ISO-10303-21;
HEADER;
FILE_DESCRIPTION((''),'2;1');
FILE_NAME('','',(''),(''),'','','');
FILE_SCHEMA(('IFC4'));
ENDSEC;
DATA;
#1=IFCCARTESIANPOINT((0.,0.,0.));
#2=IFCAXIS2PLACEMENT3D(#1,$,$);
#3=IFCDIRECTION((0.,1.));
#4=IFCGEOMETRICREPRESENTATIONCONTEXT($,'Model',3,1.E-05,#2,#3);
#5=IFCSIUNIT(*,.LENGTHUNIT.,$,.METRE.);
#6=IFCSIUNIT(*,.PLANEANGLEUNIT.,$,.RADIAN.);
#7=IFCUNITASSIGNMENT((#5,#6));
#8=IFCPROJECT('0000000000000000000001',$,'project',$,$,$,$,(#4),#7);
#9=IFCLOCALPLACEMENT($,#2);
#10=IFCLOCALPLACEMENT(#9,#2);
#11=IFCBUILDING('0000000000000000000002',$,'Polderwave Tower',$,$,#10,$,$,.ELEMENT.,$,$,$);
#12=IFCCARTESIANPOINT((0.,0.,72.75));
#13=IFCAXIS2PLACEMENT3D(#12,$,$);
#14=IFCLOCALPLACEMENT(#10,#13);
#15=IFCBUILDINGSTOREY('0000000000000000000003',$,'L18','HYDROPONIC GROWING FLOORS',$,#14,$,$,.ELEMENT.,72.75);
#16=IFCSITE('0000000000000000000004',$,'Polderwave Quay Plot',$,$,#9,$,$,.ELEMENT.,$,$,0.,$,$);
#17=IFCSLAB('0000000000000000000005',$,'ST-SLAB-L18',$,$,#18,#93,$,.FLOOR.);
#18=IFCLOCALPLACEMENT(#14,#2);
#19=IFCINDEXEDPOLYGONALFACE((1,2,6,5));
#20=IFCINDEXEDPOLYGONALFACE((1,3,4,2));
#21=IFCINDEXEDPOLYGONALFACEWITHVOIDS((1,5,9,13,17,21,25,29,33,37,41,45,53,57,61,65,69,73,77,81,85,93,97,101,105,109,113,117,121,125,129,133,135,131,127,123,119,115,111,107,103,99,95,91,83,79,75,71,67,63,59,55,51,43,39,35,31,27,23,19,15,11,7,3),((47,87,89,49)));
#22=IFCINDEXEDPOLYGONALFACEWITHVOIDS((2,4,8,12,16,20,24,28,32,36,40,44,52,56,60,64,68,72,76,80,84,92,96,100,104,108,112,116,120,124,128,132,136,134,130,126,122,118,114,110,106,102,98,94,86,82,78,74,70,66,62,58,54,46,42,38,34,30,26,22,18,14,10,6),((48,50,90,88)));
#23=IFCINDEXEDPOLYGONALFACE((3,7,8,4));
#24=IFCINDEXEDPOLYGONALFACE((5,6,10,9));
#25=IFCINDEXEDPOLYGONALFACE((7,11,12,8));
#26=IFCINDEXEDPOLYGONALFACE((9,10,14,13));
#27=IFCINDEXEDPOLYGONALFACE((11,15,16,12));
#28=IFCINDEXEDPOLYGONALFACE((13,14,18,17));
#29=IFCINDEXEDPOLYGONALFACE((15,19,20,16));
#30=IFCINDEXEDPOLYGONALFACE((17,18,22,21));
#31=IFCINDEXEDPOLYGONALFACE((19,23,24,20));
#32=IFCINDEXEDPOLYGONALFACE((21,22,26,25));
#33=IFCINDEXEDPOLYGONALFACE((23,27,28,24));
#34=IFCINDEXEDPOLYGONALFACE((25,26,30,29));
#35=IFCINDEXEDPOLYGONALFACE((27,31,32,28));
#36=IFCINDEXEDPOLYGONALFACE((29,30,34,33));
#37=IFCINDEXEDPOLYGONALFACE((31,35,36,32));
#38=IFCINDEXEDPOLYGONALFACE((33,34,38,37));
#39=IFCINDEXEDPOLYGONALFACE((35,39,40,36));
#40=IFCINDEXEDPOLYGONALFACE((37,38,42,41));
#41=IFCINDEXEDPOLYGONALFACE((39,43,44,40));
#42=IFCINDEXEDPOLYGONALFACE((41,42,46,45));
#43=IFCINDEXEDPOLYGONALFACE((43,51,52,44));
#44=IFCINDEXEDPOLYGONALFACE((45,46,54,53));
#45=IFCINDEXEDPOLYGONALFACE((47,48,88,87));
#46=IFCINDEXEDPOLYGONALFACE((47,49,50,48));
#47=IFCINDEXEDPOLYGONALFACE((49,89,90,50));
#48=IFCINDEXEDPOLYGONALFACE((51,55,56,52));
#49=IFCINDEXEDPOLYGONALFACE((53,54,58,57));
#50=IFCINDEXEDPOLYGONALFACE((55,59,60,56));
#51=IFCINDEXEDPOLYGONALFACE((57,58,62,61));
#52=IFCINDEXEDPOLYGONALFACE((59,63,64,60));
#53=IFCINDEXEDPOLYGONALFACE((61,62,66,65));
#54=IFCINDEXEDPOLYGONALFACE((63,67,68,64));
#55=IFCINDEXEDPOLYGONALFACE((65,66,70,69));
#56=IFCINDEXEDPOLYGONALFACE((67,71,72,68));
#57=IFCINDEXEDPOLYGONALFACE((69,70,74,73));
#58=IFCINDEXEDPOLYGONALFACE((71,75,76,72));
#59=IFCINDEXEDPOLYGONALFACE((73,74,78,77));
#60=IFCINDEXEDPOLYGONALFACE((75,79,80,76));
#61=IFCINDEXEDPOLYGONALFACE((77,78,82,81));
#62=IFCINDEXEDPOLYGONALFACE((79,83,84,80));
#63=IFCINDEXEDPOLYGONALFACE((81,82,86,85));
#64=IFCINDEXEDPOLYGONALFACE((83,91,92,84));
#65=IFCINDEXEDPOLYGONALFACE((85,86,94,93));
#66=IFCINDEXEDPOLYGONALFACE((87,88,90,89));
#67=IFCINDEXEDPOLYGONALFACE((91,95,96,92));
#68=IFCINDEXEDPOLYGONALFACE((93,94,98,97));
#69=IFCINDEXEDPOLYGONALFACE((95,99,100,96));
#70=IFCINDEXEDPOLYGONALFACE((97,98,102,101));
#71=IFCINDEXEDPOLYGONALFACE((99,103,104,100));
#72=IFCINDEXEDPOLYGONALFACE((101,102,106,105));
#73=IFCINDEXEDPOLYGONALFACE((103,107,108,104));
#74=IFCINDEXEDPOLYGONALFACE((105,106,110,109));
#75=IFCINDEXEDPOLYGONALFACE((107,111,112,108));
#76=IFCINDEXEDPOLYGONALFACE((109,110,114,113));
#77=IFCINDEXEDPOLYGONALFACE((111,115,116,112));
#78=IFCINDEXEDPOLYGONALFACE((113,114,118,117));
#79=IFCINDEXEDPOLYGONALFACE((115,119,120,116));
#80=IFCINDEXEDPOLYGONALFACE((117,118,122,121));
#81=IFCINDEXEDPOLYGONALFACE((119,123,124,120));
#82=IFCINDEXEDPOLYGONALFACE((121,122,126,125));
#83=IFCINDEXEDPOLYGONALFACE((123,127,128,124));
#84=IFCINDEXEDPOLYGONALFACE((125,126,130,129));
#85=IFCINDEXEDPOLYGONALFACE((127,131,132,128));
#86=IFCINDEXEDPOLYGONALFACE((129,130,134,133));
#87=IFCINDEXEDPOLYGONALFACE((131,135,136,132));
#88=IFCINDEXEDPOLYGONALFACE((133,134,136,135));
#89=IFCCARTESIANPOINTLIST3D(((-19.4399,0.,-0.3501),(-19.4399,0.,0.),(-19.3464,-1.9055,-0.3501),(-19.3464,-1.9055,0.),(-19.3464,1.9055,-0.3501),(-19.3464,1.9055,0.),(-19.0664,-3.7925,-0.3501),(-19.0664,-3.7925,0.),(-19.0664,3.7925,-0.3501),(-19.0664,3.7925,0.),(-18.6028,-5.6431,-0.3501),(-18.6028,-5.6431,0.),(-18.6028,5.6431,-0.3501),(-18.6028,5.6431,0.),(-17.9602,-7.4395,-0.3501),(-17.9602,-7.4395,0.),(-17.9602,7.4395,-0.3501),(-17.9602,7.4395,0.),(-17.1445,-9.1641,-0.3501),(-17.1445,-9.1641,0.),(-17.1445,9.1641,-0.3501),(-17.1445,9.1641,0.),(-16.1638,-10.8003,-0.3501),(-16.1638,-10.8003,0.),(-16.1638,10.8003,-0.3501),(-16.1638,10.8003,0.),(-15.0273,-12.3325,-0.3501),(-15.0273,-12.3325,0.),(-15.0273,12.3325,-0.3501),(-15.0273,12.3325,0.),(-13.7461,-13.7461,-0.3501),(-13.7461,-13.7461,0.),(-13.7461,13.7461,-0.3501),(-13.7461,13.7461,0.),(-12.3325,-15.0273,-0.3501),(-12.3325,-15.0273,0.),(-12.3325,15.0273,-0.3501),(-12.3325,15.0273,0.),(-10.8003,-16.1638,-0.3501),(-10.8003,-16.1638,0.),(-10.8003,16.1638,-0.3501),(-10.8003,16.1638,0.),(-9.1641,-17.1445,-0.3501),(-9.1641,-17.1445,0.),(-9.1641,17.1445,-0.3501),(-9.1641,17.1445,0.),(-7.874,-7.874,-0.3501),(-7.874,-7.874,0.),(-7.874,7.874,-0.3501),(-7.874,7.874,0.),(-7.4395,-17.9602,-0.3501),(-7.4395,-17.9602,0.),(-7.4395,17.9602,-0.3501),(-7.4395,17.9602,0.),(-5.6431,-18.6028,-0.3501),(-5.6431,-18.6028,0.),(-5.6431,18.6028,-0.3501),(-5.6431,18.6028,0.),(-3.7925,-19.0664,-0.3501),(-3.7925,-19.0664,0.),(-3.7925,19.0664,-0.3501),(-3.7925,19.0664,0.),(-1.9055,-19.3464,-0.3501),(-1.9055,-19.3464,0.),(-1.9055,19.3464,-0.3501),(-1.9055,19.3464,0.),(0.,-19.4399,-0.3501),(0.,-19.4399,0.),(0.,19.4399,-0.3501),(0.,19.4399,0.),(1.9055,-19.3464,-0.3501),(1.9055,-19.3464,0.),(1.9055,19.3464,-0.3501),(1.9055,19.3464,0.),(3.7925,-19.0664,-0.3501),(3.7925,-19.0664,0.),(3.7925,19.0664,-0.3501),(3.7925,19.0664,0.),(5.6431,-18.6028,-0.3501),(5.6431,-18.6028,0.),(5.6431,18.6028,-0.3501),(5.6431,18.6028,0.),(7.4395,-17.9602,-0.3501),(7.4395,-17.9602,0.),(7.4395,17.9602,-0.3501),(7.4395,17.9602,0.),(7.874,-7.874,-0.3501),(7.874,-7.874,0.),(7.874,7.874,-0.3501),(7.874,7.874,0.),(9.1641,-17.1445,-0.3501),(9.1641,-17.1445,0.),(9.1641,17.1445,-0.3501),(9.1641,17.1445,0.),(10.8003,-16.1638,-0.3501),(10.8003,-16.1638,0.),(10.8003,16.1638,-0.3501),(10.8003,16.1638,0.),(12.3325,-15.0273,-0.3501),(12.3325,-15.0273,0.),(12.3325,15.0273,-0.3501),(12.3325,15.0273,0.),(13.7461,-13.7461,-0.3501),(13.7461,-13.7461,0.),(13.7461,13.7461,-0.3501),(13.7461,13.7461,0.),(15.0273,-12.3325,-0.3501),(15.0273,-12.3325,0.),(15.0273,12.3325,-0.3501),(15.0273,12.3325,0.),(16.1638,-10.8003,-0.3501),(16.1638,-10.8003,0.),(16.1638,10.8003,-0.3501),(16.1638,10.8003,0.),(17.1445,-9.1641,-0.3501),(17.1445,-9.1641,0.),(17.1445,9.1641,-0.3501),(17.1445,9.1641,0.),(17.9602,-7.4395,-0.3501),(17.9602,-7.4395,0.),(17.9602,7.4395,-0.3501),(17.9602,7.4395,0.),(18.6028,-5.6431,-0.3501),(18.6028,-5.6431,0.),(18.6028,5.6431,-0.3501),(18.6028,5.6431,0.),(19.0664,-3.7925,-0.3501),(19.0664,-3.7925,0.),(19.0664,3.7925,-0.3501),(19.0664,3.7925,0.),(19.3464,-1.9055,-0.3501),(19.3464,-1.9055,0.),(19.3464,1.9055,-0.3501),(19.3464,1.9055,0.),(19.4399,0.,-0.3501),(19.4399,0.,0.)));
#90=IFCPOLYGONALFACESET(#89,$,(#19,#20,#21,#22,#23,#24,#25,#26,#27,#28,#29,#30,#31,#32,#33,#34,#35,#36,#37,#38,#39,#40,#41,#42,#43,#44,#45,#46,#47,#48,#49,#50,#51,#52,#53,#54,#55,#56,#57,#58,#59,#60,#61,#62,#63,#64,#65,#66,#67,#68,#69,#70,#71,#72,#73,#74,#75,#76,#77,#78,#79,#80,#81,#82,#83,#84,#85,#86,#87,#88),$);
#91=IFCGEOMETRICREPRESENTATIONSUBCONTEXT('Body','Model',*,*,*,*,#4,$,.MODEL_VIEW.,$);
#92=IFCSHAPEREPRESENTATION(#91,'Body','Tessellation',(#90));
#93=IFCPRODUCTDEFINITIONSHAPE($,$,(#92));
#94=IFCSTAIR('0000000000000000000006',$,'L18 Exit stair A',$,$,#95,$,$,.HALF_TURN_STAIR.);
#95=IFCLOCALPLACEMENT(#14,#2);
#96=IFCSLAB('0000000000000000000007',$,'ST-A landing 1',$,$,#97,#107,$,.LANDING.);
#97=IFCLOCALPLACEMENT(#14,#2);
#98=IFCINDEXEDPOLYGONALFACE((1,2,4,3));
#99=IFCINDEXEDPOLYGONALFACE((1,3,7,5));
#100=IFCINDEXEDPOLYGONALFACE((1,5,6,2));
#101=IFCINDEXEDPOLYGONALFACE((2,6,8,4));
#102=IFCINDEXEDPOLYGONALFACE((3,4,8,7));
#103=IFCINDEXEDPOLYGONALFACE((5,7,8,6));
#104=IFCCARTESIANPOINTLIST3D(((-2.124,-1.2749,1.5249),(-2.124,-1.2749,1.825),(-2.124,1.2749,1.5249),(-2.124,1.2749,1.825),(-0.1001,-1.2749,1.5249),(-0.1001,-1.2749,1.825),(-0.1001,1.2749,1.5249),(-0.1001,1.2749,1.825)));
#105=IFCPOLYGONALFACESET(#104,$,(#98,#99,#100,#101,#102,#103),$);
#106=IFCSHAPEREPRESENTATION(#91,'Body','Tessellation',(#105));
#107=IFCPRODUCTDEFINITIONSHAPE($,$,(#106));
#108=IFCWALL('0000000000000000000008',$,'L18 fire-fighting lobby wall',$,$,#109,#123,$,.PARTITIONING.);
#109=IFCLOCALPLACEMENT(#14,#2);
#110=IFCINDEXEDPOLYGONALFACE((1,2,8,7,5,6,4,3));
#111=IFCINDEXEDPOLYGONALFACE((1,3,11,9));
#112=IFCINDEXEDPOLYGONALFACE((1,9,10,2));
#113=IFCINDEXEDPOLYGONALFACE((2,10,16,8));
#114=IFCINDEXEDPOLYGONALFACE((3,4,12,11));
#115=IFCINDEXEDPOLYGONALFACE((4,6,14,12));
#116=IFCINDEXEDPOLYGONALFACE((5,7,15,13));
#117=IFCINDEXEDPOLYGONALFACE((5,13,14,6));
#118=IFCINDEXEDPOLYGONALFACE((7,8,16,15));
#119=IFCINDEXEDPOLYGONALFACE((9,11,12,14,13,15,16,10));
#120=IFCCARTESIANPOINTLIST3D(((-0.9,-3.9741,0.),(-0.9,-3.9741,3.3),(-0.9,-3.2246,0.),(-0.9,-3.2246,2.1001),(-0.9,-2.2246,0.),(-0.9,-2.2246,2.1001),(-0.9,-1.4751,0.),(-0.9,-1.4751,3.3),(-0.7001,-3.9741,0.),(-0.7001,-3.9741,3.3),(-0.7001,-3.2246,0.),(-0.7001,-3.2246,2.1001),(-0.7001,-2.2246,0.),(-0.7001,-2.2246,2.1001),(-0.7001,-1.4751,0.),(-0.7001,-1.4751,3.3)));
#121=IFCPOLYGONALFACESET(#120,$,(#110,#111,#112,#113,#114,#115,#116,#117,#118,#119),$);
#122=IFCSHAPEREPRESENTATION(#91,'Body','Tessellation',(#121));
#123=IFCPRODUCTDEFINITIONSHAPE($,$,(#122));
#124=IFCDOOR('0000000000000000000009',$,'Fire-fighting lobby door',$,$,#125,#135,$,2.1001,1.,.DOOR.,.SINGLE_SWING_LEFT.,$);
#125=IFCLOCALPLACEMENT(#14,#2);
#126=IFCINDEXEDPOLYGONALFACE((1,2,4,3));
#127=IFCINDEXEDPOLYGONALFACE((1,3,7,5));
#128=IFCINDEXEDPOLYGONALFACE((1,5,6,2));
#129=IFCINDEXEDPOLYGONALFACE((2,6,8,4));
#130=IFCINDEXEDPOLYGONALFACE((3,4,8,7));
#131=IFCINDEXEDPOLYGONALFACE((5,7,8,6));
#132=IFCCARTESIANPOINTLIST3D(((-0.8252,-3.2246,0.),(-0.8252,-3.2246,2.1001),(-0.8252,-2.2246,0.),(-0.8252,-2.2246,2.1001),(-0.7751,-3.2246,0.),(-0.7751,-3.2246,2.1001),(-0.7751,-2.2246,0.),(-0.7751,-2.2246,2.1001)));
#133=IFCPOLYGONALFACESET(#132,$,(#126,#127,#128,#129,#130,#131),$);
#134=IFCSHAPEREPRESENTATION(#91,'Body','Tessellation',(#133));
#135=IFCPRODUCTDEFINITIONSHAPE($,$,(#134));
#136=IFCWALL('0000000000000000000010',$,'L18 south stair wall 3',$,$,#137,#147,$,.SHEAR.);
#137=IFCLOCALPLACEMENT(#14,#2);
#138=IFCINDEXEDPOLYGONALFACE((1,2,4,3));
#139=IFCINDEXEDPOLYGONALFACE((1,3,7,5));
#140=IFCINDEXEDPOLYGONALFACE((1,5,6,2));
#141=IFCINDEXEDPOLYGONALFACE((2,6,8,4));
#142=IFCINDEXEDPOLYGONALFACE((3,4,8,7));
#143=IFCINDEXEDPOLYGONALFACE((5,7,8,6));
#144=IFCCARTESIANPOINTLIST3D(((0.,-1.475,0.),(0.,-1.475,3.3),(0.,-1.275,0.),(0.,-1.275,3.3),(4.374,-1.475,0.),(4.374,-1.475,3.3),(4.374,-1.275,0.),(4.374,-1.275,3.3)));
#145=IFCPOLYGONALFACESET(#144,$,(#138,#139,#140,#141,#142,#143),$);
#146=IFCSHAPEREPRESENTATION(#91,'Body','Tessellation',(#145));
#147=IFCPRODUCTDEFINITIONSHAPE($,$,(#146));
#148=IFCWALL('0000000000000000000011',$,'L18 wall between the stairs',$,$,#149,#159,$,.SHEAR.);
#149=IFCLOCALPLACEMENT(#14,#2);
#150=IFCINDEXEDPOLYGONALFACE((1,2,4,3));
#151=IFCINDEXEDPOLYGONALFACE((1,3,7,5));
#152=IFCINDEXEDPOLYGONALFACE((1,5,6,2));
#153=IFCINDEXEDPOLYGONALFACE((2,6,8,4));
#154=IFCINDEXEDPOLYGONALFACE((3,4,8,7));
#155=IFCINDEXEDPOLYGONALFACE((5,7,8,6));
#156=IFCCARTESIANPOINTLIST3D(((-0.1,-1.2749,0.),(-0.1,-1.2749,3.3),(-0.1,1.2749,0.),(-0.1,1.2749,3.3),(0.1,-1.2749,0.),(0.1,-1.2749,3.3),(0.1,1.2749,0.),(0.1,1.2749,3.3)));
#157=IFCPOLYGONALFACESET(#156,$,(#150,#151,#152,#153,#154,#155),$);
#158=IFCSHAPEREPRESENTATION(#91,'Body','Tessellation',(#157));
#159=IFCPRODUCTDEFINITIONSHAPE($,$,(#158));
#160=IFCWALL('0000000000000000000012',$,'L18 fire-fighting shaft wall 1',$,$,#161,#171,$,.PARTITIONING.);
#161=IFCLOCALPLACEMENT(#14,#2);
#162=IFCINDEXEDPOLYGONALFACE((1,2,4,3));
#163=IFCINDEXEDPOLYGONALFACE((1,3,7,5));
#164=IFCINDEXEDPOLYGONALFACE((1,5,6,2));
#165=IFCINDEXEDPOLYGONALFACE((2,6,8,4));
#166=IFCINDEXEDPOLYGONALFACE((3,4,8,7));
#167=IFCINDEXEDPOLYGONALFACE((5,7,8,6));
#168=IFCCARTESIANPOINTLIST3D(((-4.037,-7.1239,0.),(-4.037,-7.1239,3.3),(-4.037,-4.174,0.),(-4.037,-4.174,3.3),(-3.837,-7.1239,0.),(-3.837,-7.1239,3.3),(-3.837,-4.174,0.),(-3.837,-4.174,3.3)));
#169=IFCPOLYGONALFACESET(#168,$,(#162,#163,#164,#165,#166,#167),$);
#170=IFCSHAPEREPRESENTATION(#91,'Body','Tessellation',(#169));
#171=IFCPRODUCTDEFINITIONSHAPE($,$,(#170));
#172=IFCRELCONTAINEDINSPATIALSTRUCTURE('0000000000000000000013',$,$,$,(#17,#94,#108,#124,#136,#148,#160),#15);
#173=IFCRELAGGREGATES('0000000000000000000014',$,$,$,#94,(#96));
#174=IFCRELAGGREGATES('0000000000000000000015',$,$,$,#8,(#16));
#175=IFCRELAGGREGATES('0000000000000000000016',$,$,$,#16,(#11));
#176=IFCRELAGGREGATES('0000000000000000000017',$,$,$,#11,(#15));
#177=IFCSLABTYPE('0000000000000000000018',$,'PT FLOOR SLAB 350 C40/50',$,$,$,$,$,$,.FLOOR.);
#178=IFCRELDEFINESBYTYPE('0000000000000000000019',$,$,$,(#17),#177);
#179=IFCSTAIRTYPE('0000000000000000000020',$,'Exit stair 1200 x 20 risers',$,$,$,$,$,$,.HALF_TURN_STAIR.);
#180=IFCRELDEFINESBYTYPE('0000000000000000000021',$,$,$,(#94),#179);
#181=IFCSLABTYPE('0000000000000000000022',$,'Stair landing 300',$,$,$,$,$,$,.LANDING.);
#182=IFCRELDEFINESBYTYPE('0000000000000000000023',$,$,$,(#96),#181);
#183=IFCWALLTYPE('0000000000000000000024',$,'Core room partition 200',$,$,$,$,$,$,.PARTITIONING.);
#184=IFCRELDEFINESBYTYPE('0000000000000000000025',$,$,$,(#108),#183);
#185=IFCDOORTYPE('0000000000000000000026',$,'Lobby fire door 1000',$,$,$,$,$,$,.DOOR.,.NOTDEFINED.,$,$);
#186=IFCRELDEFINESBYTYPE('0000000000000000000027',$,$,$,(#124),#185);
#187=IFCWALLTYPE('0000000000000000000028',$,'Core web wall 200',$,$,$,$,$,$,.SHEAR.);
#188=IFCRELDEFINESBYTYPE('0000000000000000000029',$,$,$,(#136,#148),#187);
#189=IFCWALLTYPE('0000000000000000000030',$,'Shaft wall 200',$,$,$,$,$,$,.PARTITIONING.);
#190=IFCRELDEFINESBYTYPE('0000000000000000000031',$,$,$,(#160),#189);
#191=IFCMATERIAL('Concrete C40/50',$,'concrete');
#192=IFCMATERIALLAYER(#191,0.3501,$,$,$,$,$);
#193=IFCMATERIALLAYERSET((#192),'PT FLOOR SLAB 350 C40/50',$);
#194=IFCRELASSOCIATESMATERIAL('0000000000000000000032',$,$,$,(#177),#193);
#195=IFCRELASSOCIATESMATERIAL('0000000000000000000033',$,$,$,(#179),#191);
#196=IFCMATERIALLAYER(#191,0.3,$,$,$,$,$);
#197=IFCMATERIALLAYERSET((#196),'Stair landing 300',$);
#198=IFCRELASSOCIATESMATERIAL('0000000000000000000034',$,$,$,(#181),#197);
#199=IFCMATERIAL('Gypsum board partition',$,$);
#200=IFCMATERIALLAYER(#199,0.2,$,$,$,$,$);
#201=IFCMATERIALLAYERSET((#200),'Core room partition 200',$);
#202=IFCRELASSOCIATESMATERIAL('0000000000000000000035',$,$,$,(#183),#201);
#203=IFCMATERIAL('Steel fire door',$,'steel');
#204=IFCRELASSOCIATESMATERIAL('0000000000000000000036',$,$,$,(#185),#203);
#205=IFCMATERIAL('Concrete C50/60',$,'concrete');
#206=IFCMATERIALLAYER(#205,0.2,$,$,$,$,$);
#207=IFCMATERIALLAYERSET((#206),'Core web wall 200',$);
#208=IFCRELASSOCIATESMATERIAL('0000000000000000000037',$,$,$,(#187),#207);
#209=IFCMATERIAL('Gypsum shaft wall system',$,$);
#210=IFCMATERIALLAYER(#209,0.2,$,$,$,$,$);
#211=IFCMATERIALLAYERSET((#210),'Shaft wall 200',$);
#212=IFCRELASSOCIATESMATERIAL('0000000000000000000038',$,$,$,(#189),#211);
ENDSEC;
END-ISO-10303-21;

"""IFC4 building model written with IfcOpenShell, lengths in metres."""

from ifc_helpers import new_model, si_unit, direction, frame, frame_2d, origin, place, context, subcontext, project, spatial, polyline, rectangle, outline, extrude, material, layer, layer_set, type_object, element, fill, aggregate, save


model = new_model("IFC4")

# Units and contexts
model_context = context("Model", 3, precision=1e-05, world=origin(), true_north=direction((0.0, 1.0)))
body_context = subcontext(model_context, "Body", "Model", "MODEL_VIEW")
ifc_project = project(units=[si_unit("LENGTHUNIT", "METRE"), si_unit("PLANEANGLEUNIT", "RADIAN")], contexts=[model_context])

# Site, building, storey
site_placement = place(None, origin())
site = spatial("IfcSite", under=ifc_project, at=site_placement, Name="Polderwave Quay Plot", CompositionType="ELEMENT", RefElevation=0.0)
building_placement = place(site_placement, origin())
building = spatial("IfcBuilding", under=site, at=building_placement, Name="Polderwave Tower", CompositionType="ELEMENT")
storey_placement = place(building_placement, frame((0.0, 0.0, 72.75)))
storey = spatial("IfcBuildingStorey", under=building, at=storey_placement, Name="L18", Description="HYDROPONIC GROWING FLOORS", CompositionType="ELEMENT", Elevation=72.75)

# Slab
ifc_material_1 = material(Name="Concrete C40/50", Category="concrete")
ifc_layer_1 = layer(ifc_material_1, 0.3501)
ifc_layer_set_1 = layer_set([ifc_layer_1], Name="PT FLOOR SLAB 350 C40/50")
slab_type_1 = type_object("IfcSlabType", Name="PT FLOOR SLAB 350 C40/50", PredefinedType="FLOOR", material=ifc_layer_set_1)
slab_1_placement = place(storey_placement, frame((0.0, 0.0, -0.3501)))
element("IfcSlab", 1, at=slab_1_placement, inside=storey, type_object=slab_type_1, Name="ST-SLAB-L18", PredefinedType="FLOOR", context=body_context, shape_type="SweptSolid", body=[
    extrude(outline(polyline([(19.4399, 0.0), (19.3464, 1.9055), (19.0664, 3.7925), (18.6028, 5.6431), (17.9602, 7.4395), (17.1445, 9.1641), (16.1638, 10.8003), (15.0273, 12.3325), (13.7461, 13.7461), (12.3325, 15.0273), (10.8003, 16.1638), (9.1641, 17.1445), (7.4395, 17.9602), (5.6431, 18.6028), (3.7925, 19.0664), (1.9055, 19.3464), (0.0, 19.4399), (-1.9055, 19.3464), (-3.7925, 19.0664), (-5.6431, 18.6028), (-7.4395, 17.9602), (-9.1641, 17.1445), (-10.8003, 16.1638), (-12.3325, 15.0273), (-13.7461, 13.7461), (-15.0273, 12.3325), (-16.1638, 10.8003), (-17.1445, 9.1641), (-17.9602, 7.4395), (-18.6028, 5.6431), (-19.0664, 3.7925), (-19.3464, 1.9055), (-19.4399, 0.0), (-19.3464, -1.9055), (-19.0664, -3.7925), (-18.6028, -5.6431), (-17.9602, -7.4395), (-17.1445, -9.1641), (-16.1638, -10.8003), (-15.0273, -12.3325), (-13.7461, -13.7461), (-12.3325, -15.0273), (-10.8003, -16.1638), (-9.1641, -17.1445), (-7.4395, -17.9602), (-5.6431, -18.6028), (-3.7925, -19.0664), (-1.9055, -19.3464), (0.0, -19.4399), (1.9055, -19.3464), (3.7925, -19.0664), (5.6431, -18.6028), (7.4395, -17.9602), (9.1641, -17.1445), (10.8003, -16.1638), (12.3325, -15.0273), (13.7461, -13.7461), (15.0273, -12.3325), (16.1638, -10.8003), (17.1445, -9.1641), (17.9602, -7.4395), (18.6028, -5.6431), (19.0664, -3.7925), (19.3464, -1.9055), (19.4399, 0.0)]), holes=[polyline([(-7.874, -7.874), (7.874, -7.874), (7.874, 7.874), (-7.874, 7.874), (-7.874, -7.874)])]), origin(), (0.0, 0.0, 1.0), 0.3501),
])

# Stair, slab
stair_type = type_object("IfcStairType", Name="Exit stair 1200 x 20 risers", PredefinedType="HALF_TURN_STAIR", material=ifc_material_1)
stair_placement = place(storey_placement, origin())
stair = element("IfcStair", 2, at=stair_placement, inside=storey, type_object=stair_type, Name="L18 Exit stair A", PredefinedType="HALF_TURN_STAIR")
ifc_layer_2 = layer(ifc_material_1, 0.3)
ifc_layer_set_2 = layer_set([ifc_layer_2], Name="Stair landing 300")
slab_type_2 = type_object("IfcSlabType", Name="Stair landing 300", PredefinedType="LANDING", material=ifc_layer_set_2)
slab_2_placement = place(storey_placement, frame((0.0, 0.0, 1.5249)))
slab_2 = element("IfcSlab", 3, at=slab_2_placement, type_object=slab_type_2, Name="ST-A landing 1", PredefinedType="LANDING", context=body_context, shape_type="SweptSolid", body=[
    extrude(outline(polyline([(-2.124, -1.2749), (-0.1001, -1.2749), (-0.1001, 1.2749), (-2.124, 1.2749), (-2.124, -1.2749)])), origin(), (0.0, 0.0, 1.0), 0.3),
])

# Wall, opening, door
ifc_material_2 = material(Name="Gypsum board partition")
ifc_layer_3 = layer(ifc_material_2, 0.2)
ifc_layer_set_3 = layer_set([ifc_layer_3], Name="Core room partition 200")
wall_type_1 = type_object("IfcWallType", Name="Core room partition 200", PredefinedType="PARTITIONING", material=ifc_layer_set_3)
wall_1_placement = place(storey_placement, frame((-0.8, -3.9741, 0.0), z_axis=(0.0, 0.0, 1.0), x_axis=(0.0, 1.0, 0.0)))
wall_1 = element("IfcWall", 4, at=wall_1_placement, inside=storey, type_object=wall_type_1, Name="L18 fire-fighting lobby wall", PredefinedType="PARTITIONING", context=body_context, shape_type="SweptSolid", body=[
    extrude(rectangle(XDim=2.499, YDim=0.2, at=frame_2d((1.2495, 0.0))), origin(), (0.0, 0.0, 1.0), 3.3),
])
opening_placement = place(wall_1_placement, frame((0.7495, 0.0, 0.0)))
opening = element("IfcOpeningElement", 5, at=opening_placement, cuts=wall_1, PredefinedType="OPENING", context=body_context, shape_type="SweptSolid", body=[
    extrude(rectangle(XDim=1.0, YDim=2.1001, at=frame_2d((0.5, 1.05))), frame((0.0, 0.1099, 0.0), z_axis=(0.0, -1.0, 0.0), x_axis=(1.0, 0.0, 0.0)), (0.0, 0.0, 1.0), 0.22),
])
ifc_material_3 = material(Name="Steel fire door", Category="steel")
door_type = type_object("IfcDoorType", Name="Lobby fire door 1000", OperationType="NOTDEFINED", PredefinedType="DOOR", material=ifc_material_3)
door_placement = place(opening_placement, frame((1.0, 0.0, 0.0), z_axis=(0.0, 0.0, 1.0), x_axis=(-1.0, 0.0, 0.0)))
door = element("IfcDoor", 6, at=door_placement, inside=storey, type_object=door_type, Name="Fire-fighting lobby door", OperationType="SINGLE_SWING_LEFT", OverallHeight=2.1001, OverallWidth=1.0, PredefinedType="DOOR", context=body_context, shape_type="SweptSolid", body=[
    extrude(rectangle(XDim=1.0, YDim=2.1001, at=frame_2d((0.5, 1.05))), frame((0.0, 0.0249, 0.0), z_axis=(0.0, -1.0, 0.0), x_axis=(1.0, 0.0, 0.0)), (0.0, 0.0, 1.0), 0.05),
])
fill(opening, door)

# Walls
ifc_material_4 = material(Name="Concrete C50/60", Category="concrete")
ifc_layer_4 = layer(ifc_material_4, 0.2)
ifc_layer_set_4 = layer_set([ifc_layer_4], Name="Core web wall 200")
wall_type_2 = type_object("IfcWallType", Name="Core web wall 200", PredefinedType="SHEAR", material=ifc_layer_set_4)
wall_2_placement = place(storey_placement, frame((0.0, -1.375, 0.0), z_axis=(0.0, 0.0, 1.0), x_axis=(1.0, 0.0, 0.0)))
element("IfcWall", 7, at=wall_2_placement, inside=storey, type_object=wall_type_2, Name="L18 south stair wall 3", PredefinedType="SHEAR", context=body_context, shape_type="SweptSolid", body=[
    extrude(rectangle(XDim=4.374, YDim=0.2, at=frame_2d((2.187, 0.0))), origin(), (0.0, 0.0, 1.0), 3.3),
])
wall_3_placement = place(storey_placement, frame((0.0, -1.2749, 0.0), z_axis=(0.0, 0.0, 1.0), x_axis=(0.0, 1.0, 0.0)))
element("IfcWall", 8, at=wall_3_placement, inside=storey, type_object=wall_type_2, Name="L18 wall between the stairs", PredefinedType="SHEAR", context=body_context, shape_type="SweptSolid", body=[
    extrude(rectangle(XDim=2.5498, YDim=0.2, at=frame_2d((1.2749, 0.0))), origin(), (0.0, 0.0, 1.0), 3.3),
])
ifc_material_5 = material(Name="Gypsum shaft wall system")
ifc_layer_5 = layer(ifc_material_5, 0.2)
ifc_layer_set_5 = layer_set([ifc_layer_5], Name="Shaft wall 200")
wall_type_3 = type_object("IfcWallType", Name="Shaft wall 200", PredefinedType="PARTITIONING", material=ifc_layer_set_5)
for number, where, z_axis, x_axis, name in (
    (9, (-3.937, -7.124, 0.0), (0.0, 0.0, 1.0), (0.0, 1.0, 0.0), "L18 fire-fighting shaft wall 1"),
):
    element("IfcWall", number, at=place(storey_placement, frame(where, z_axis=z_axis, x_axis=x_axis)), inside=storey, type_object=wall_type_3, Name=name, PredefinedType="PARTITIONING", context=body_context, shape_type="SweptSolid", body=[
        extrude(rectangle(XDim=2.95, YDim=0.2, at=frame_2d((1.4751, 0.0))), origin(), (0.0, 0.0, 1.0), 3.3),
    ])

aggregate(stair, [slab_2])

save(model, "model.ifc")
